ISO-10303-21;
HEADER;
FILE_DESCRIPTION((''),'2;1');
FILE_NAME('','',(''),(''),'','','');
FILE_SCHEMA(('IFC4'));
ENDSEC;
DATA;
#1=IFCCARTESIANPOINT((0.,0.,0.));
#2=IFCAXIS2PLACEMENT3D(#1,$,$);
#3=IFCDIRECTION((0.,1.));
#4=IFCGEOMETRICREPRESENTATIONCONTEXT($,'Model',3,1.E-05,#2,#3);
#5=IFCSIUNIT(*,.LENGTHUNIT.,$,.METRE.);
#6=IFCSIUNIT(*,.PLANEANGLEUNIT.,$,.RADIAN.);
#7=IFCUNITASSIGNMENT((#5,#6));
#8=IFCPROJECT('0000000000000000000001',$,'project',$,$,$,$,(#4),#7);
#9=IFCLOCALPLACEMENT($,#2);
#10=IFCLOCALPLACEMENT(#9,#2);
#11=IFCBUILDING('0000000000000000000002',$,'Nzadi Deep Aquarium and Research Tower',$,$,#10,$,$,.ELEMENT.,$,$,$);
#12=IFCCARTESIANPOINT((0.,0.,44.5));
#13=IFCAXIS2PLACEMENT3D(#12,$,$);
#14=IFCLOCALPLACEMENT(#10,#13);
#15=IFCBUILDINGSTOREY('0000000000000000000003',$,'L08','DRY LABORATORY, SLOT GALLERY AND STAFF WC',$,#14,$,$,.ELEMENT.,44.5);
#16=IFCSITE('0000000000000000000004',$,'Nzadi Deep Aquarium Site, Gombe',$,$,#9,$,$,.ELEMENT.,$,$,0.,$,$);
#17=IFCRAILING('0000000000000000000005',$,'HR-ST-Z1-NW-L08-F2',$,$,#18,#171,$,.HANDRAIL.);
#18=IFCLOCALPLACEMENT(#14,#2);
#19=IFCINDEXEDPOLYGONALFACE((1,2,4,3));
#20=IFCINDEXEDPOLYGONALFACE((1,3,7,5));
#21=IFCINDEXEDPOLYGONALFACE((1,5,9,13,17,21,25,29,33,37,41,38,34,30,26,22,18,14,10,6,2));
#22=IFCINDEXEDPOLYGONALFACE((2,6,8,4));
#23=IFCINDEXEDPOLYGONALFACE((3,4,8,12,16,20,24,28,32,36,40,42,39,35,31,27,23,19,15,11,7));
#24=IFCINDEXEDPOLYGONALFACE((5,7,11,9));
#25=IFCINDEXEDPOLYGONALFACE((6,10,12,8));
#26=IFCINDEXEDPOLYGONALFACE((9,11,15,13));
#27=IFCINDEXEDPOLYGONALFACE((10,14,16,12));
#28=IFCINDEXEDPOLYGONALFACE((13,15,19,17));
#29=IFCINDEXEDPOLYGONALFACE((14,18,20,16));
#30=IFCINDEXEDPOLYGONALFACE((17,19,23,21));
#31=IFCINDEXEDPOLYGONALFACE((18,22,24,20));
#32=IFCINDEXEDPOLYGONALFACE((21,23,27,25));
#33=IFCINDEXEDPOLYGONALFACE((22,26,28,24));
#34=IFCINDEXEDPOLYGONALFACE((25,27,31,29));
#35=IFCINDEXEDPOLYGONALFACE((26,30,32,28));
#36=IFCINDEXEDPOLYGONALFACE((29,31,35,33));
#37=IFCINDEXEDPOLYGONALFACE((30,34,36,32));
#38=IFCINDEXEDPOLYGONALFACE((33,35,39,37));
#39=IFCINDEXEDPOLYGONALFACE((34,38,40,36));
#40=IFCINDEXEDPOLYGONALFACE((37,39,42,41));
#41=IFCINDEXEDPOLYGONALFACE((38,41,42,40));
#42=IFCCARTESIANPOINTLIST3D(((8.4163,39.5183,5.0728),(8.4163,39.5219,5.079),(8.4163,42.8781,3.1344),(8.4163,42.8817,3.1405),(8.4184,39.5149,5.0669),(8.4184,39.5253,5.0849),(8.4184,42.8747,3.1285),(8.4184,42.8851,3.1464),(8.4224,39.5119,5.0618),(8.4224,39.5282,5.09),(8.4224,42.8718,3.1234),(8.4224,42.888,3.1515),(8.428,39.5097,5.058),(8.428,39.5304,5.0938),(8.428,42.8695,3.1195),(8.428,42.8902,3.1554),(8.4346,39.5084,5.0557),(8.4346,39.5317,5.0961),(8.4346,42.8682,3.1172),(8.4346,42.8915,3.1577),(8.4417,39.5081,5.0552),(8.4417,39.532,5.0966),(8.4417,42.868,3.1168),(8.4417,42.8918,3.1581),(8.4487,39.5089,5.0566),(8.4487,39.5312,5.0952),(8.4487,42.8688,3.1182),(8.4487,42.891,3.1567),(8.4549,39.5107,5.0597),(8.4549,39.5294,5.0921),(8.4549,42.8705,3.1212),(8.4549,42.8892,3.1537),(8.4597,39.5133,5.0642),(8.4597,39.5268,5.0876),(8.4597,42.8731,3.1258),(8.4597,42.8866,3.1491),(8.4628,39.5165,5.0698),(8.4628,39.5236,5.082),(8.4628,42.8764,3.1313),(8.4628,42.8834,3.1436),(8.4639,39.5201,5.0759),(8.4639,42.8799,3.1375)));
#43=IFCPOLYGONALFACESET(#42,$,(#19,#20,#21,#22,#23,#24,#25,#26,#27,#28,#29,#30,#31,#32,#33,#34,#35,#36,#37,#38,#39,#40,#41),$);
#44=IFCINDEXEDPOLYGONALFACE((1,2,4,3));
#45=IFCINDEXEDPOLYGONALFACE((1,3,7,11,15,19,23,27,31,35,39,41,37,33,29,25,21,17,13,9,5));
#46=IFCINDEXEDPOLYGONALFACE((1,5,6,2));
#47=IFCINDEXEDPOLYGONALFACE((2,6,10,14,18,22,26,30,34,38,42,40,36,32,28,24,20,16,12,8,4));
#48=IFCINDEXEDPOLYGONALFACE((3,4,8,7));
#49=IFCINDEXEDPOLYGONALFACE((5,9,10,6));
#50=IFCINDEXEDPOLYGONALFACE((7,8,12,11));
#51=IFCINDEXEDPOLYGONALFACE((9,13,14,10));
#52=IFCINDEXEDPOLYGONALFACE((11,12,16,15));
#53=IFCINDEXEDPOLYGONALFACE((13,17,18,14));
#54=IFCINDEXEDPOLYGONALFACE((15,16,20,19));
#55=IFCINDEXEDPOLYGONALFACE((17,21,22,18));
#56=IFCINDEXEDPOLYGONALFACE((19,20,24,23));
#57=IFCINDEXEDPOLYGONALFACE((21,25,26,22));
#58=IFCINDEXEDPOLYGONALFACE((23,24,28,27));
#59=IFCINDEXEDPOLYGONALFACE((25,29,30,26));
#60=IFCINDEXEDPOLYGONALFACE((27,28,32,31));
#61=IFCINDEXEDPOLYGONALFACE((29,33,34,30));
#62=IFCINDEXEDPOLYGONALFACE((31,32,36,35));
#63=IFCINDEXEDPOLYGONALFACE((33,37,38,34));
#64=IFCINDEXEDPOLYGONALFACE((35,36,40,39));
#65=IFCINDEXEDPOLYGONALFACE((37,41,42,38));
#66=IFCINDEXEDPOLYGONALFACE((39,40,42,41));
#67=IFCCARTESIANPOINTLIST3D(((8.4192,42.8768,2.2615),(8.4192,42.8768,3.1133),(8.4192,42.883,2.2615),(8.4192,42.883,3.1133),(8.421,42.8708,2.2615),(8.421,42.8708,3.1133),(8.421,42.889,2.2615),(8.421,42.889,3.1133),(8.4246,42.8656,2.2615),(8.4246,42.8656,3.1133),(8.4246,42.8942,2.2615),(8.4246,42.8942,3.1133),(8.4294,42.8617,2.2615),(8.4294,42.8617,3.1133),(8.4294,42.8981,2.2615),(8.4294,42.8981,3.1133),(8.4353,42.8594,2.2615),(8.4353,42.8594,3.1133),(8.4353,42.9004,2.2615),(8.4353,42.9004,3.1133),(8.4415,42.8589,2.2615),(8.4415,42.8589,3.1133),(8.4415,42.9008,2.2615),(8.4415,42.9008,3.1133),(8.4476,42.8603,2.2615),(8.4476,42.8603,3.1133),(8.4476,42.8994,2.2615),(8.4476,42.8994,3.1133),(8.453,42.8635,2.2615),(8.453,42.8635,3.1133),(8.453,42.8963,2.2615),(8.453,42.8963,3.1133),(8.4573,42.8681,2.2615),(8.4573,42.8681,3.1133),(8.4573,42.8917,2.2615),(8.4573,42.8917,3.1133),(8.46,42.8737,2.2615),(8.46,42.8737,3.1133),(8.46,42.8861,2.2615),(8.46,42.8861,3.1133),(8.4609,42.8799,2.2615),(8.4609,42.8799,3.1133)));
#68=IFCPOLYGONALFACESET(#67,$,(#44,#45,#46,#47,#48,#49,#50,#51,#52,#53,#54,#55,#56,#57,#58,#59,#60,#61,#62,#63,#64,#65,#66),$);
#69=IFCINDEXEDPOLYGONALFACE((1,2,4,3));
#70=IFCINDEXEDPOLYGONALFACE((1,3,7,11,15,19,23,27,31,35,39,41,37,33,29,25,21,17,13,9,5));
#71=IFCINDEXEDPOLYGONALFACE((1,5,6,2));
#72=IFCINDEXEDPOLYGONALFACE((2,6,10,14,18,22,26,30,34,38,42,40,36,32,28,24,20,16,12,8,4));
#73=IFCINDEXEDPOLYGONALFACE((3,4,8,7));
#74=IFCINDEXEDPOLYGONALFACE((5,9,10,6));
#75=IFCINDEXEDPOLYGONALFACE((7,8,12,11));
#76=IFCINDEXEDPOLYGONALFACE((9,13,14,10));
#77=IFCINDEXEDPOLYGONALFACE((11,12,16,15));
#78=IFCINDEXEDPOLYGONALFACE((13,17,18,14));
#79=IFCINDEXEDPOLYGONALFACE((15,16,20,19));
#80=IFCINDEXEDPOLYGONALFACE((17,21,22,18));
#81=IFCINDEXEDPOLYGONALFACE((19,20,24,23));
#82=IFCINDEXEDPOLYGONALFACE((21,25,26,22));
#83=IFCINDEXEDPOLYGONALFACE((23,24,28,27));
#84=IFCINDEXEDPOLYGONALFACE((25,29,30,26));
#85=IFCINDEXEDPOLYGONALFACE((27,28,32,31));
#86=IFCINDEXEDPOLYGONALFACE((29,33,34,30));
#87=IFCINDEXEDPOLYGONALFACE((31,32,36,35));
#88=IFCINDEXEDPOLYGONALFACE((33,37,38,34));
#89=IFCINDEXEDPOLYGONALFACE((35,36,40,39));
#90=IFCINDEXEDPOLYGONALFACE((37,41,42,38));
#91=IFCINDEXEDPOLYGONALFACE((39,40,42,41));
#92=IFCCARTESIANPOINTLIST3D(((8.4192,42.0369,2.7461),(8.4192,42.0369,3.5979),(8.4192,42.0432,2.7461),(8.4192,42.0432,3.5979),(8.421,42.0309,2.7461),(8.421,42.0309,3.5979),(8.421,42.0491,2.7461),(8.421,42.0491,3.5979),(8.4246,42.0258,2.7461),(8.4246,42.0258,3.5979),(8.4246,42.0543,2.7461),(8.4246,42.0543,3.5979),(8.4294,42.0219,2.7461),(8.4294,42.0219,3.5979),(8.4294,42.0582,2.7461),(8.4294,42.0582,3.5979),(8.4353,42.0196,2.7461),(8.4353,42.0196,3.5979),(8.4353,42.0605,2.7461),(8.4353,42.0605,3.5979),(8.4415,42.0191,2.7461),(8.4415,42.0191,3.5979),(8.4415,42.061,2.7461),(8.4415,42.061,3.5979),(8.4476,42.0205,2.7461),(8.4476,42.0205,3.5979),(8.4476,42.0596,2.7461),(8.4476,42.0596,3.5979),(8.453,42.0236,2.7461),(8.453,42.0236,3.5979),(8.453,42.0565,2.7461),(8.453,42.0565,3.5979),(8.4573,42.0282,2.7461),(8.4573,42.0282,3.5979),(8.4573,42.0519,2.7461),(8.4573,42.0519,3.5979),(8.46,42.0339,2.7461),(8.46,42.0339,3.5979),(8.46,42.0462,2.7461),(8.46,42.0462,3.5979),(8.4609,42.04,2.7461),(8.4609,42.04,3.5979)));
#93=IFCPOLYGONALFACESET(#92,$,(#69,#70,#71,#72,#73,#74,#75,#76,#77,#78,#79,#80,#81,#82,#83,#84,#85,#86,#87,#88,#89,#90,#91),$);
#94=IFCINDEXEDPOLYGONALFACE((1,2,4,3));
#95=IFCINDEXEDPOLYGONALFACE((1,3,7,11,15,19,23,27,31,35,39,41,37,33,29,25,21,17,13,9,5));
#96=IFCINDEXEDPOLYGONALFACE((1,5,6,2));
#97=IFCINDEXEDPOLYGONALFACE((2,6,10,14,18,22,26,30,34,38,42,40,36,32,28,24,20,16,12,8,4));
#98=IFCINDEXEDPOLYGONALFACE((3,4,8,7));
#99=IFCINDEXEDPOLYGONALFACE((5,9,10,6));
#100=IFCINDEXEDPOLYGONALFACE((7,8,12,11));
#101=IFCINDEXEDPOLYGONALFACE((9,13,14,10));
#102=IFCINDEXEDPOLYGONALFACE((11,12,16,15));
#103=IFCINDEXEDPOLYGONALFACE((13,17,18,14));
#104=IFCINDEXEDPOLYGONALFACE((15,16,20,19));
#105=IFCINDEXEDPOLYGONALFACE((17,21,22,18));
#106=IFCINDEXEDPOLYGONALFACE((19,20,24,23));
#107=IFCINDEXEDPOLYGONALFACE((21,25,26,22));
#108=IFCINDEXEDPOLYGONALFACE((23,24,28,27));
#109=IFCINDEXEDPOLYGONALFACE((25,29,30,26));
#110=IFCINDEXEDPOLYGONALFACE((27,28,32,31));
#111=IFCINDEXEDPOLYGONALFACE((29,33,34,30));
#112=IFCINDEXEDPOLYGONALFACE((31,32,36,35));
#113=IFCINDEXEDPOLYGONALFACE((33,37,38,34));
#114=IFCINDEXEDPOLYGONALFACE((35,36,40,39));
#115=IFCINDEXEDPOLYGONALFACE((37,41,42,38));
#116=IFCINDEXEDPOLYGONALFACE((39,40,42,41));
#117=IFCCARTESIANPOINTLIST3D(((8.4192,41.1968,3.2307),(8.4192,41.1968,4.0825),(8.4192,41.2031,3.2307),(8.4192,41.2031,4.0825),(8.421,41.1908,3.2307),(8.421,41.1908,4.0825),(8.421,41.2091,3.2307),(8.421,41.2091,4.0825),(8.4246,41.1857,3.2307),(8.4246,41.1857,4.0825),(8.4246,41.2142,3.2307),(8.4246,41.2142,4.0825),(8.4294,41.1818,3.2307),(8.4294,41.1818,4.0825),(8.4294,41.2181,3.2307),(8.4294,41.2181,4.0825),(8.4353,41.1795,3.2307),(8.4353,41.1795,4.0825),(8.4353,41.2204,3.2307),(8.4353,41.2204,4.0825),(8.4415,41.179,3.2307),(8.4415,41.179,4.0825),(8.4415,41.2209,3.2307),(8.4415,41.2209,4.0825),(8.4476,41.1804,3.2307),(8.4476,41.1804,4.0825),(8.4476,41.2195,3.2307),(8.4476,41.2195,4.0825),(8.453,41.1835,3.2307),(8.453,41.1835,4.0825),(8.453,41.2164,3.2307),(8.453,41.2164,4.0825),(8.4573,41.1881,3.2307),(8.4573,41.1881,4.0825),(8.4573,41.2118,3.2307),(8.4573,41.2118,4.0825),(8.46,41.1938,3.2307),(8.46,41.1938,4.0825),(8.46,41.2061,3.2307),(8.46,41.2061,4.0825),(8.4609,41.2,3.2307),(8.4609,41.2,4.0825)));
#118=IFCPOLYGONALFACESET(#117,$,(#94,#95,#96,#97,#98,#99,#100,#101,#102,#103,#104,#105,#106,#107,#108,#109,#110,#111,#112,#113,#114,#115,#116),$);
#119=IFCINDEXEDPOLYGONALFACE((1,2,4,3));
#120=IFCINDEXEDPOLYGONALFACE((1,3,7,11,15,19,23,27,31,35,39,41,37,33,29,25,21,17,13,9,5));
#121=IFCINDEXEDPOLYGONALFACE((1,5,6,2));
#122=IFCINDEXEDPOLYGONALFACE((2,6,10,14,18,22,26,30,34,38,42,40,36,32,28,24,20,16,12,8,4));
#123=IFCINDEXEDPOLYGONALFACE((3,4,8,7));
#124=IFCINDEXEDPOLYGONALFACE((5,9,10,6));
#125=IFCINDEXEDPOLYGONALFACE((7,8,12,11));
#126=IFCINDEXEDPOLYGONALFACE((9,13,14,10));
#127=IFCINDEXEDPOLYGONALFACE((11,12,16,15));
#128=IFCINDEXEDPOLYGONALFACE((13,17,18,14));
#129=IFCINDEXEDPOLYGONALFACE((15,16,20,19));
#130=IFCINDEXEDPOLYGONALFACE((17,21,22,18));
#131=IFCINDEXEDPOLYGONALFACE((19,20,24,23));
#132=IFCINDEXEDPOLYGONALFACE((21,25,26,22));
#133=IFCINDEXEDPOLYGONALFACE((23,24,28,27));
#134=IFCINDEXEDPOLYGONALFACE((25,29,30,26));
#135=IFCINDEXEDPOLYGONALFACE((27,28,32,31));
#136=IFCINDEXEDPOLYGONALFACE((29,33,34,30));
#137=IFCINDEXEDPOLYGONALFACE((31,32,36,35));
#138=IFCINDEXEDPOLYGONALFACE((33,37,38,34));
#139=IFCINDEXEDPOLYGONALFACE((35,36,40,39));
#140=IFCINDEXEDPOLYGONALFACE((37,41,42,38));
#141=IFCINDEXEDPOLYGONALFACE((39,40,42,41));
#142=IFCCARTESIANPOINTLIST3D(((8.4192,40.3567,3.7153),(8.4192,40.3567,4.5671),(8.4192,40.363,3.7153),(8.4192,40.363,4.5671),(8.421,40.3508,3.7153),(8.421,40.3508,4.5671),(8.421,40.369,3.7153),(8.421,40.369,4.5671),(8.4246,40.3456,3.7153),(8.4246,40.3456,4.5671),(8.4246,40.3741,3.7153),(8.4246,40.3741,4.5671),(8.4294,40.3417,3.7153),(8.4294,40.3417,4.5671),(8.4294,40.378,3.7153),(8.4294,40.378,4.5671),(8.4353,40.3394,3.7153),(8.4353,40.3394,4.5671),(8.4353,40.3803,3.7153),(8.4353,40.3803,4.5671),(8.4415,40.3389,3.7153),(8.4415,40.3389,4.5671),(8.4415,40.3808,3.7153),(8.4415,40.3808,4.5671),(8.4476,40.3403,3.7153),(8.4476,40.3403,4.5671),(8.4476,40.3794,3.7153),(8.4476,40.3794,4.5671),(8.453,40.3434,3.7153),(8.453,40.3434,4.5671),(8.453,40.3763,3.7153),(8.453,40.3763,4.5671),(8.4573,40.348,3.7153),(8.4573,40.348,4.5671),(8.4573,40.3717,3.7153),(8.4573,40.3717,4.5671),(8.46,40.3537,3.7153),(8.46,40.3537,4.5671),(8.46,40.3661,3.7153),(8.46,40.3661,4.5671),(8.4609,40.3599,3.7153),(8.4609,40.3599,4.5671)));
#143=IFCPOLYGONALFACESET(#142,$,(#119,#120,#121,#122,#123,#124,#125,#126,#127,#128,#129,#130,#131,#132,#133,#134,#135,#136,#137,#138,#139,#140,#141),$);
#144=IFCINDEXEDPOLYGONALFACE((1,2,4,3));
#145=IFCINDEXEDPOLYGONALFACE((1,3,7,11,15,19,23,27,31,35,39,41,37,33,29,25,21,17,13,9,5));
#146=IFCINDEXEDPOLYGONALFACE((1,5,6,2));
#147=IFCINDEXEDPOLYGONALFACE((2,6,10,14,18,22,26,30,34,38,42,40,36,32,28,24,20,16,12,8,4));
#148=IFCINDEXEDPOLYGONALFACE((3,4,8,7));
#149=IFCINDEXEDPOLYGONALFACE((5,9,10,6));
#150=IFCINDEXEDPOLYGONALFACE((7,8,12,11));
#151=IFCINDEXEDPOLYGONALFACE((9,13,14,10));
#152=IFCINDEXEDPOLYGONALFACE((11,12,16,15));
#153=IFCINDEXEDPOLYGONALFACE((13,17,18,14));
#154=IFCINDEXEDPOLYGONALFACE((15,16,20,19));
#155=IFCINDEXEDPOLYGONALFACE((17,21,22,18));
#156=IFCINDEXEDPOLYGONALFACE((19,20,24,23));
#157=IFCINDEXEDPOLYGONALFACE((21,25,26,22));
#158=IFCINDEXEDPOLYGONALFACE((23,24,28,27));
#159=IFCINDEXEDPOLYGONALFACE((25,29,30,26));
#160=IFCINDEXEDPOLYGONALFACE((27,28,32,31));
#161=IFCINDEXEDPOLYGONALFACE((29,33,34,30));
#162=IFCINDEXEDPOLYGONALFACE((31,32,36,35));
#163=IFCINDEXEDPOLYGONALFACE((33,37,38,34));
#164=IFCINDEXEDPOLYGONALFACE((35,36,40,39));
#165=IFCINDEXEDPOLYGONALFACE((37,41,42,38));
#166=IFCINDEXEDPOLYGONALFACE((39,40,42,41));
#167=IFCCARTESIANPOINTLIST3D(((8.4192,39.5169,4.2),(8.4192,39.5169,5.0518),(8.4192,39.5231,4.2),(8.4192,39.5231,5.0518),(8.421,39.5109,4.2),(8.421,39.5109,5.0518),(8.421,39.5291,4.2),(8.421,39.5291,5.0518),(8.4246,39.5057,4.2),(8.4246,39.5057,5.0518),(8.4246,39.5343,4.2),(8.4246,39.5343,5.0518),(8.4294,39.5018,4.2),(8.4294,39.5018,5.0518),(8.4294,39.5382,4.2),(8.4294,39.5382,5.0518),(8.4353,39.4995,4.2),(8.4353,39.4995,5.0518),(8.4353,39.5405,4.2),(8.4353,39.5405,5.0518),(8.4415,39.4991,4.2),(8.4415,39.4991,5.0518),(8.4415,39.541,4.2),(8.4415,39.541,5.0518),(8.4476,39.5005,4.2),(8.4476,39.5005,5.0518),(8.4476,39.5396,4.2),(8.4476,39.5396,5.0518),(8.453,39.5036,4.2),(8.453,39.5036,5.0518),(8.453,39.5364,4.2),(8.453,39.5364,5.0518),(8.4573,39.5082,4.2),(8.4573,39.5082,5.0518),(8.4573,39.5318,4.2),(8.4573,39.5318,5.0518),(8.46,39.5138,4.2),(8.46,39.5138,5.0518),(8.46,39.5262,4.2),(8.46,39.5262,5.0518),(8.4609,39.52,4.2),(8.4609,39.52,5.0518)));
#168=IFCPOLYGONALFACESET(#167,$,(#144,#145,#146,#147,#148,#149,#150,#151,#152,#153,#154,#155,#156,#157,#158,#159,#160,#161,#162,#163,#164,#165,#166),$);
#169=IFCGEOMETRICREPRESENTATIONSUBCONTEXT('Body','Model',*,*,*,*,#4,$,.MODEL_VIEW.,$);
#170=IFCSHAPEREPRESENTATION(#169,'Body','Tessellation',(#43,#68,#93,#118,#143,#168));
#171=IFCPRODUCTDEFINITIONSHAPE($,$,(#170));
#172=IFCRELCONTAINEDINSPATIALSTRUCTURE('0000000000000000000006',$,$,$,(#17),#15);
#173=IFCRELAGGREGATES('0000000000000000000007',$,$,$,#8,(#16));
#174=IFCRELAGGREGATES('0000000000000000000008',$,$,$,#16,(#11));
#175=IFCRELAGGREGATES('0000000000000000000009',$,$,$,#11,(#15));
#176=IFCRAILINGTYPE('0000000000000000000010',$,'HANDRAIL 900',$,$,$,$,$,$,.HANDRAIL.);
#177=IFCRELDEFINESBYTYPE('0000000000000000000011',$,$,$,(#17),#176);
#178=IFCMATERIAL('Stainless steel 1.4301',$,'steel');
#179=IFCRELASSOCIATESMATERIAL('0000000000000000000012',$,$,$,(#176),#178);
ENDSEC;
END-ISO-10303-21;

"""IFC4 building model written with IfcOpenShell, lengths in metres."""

from ifc_helpers import new_model, si_unit, direction, frame, origin, origin_2d, place, context, subcontext, project, spatial, circle, extrude, material, type_object, element, save


model = new_model("IFC4")

# Units and contexts
model_context = context("Model", 3, precision=1e-05, world=origin(), true_north=direction((0.0, 1.0)))
body_context = subcontext(model_context, "Body", "Model", "MODEL_VIEW")
ifc_project = project(units=[si_unit("LENGTHUNIT", "METRE"), si_unit("PLANEANGLEUNIT", "RADIAN")], contexts=[model_context])

# Site, building, storey
site_placement = place(None, origin())
site = spatial("IfcSite", under=ifc_project, at=site_placement, Name="Nzadi Deep Aquarium Site, Gombe", CompositionType="ELEMENT", RefElevation=0.0)
building_placement = place(site_placement, origin())
building = spatial("IfcBuilding", under=site, at=building_placement, Name="Nzadi Deep Aquarium and Research Tower", CompositionType="ELEMENT")
storey_placement = place(building_placement, frame((0.0, 0.0, 44.5)))
storey = spatial("IfcBuildingStorey", under=building, at=storey_placement, Name="L08", Description="DRY LABORATORY, SLOT GALLERY AND STAFF WC", CompositionType="ELEMENT", Elevation=44.5)

# Railing
ifc_material_1 = material(Name="Stainless steel 1.4301", Category="steel")
railing_type = type_object("IfcRailingType", Name="HANDRAIL 900", PredefinedType="HANDRAIL", material=ifc_material_1)
railing_placement = place(storey_placement, frame((8.4399, 42.8799, 2.2615)))
element("IfcRailing", 1, at=railing_placement, inside=storey, type_object=railing_type, Name="HR-ST-Z1-NW-L08-F2", PredefinedType="HANDRAIL", context=body_context, shape_type="SweptSolid", body=[
    extrude(circle(Radius=0.0239, at=origin_2d()), frame((0.0, 0.0, 0.876), z_axis=(0.0, -0.866175, 0.499741), x_axis=(1.0, 0.0, 0.0)), (0.0, 0.0, 1.0), 3.8789),
    extrude(circle(Radius=0.021, at=origin_2d()), origin(), (0.0, 0.0, 1.0), 0.8518),
    extrude(circle(Radius=0.021, at=origin_2d()), frame((0.0, -0.8398, 0.4846)), (0.0, 0.0, 1.0), 0.8518),
    extrude(circle(Radius=0.021, at=origin_2d()), frame((0.0, -1.6799, 0.9692)), (0.0, 0.0, 1.0), 0.8518),
    extrude(circle(Radius=0.021, at=origin_2d()), frame((0.0, -2.52, 1.4539)), (0.0, 0.0, 1.0), 0.8518),
    extrude(circle(Radius=0.021, at=origin_2d()), frame((0.0, -3.3599, 1.9385)), (0.0, 0.0, 1.0), 0.8518),
])

save(model, "model.ifc")
